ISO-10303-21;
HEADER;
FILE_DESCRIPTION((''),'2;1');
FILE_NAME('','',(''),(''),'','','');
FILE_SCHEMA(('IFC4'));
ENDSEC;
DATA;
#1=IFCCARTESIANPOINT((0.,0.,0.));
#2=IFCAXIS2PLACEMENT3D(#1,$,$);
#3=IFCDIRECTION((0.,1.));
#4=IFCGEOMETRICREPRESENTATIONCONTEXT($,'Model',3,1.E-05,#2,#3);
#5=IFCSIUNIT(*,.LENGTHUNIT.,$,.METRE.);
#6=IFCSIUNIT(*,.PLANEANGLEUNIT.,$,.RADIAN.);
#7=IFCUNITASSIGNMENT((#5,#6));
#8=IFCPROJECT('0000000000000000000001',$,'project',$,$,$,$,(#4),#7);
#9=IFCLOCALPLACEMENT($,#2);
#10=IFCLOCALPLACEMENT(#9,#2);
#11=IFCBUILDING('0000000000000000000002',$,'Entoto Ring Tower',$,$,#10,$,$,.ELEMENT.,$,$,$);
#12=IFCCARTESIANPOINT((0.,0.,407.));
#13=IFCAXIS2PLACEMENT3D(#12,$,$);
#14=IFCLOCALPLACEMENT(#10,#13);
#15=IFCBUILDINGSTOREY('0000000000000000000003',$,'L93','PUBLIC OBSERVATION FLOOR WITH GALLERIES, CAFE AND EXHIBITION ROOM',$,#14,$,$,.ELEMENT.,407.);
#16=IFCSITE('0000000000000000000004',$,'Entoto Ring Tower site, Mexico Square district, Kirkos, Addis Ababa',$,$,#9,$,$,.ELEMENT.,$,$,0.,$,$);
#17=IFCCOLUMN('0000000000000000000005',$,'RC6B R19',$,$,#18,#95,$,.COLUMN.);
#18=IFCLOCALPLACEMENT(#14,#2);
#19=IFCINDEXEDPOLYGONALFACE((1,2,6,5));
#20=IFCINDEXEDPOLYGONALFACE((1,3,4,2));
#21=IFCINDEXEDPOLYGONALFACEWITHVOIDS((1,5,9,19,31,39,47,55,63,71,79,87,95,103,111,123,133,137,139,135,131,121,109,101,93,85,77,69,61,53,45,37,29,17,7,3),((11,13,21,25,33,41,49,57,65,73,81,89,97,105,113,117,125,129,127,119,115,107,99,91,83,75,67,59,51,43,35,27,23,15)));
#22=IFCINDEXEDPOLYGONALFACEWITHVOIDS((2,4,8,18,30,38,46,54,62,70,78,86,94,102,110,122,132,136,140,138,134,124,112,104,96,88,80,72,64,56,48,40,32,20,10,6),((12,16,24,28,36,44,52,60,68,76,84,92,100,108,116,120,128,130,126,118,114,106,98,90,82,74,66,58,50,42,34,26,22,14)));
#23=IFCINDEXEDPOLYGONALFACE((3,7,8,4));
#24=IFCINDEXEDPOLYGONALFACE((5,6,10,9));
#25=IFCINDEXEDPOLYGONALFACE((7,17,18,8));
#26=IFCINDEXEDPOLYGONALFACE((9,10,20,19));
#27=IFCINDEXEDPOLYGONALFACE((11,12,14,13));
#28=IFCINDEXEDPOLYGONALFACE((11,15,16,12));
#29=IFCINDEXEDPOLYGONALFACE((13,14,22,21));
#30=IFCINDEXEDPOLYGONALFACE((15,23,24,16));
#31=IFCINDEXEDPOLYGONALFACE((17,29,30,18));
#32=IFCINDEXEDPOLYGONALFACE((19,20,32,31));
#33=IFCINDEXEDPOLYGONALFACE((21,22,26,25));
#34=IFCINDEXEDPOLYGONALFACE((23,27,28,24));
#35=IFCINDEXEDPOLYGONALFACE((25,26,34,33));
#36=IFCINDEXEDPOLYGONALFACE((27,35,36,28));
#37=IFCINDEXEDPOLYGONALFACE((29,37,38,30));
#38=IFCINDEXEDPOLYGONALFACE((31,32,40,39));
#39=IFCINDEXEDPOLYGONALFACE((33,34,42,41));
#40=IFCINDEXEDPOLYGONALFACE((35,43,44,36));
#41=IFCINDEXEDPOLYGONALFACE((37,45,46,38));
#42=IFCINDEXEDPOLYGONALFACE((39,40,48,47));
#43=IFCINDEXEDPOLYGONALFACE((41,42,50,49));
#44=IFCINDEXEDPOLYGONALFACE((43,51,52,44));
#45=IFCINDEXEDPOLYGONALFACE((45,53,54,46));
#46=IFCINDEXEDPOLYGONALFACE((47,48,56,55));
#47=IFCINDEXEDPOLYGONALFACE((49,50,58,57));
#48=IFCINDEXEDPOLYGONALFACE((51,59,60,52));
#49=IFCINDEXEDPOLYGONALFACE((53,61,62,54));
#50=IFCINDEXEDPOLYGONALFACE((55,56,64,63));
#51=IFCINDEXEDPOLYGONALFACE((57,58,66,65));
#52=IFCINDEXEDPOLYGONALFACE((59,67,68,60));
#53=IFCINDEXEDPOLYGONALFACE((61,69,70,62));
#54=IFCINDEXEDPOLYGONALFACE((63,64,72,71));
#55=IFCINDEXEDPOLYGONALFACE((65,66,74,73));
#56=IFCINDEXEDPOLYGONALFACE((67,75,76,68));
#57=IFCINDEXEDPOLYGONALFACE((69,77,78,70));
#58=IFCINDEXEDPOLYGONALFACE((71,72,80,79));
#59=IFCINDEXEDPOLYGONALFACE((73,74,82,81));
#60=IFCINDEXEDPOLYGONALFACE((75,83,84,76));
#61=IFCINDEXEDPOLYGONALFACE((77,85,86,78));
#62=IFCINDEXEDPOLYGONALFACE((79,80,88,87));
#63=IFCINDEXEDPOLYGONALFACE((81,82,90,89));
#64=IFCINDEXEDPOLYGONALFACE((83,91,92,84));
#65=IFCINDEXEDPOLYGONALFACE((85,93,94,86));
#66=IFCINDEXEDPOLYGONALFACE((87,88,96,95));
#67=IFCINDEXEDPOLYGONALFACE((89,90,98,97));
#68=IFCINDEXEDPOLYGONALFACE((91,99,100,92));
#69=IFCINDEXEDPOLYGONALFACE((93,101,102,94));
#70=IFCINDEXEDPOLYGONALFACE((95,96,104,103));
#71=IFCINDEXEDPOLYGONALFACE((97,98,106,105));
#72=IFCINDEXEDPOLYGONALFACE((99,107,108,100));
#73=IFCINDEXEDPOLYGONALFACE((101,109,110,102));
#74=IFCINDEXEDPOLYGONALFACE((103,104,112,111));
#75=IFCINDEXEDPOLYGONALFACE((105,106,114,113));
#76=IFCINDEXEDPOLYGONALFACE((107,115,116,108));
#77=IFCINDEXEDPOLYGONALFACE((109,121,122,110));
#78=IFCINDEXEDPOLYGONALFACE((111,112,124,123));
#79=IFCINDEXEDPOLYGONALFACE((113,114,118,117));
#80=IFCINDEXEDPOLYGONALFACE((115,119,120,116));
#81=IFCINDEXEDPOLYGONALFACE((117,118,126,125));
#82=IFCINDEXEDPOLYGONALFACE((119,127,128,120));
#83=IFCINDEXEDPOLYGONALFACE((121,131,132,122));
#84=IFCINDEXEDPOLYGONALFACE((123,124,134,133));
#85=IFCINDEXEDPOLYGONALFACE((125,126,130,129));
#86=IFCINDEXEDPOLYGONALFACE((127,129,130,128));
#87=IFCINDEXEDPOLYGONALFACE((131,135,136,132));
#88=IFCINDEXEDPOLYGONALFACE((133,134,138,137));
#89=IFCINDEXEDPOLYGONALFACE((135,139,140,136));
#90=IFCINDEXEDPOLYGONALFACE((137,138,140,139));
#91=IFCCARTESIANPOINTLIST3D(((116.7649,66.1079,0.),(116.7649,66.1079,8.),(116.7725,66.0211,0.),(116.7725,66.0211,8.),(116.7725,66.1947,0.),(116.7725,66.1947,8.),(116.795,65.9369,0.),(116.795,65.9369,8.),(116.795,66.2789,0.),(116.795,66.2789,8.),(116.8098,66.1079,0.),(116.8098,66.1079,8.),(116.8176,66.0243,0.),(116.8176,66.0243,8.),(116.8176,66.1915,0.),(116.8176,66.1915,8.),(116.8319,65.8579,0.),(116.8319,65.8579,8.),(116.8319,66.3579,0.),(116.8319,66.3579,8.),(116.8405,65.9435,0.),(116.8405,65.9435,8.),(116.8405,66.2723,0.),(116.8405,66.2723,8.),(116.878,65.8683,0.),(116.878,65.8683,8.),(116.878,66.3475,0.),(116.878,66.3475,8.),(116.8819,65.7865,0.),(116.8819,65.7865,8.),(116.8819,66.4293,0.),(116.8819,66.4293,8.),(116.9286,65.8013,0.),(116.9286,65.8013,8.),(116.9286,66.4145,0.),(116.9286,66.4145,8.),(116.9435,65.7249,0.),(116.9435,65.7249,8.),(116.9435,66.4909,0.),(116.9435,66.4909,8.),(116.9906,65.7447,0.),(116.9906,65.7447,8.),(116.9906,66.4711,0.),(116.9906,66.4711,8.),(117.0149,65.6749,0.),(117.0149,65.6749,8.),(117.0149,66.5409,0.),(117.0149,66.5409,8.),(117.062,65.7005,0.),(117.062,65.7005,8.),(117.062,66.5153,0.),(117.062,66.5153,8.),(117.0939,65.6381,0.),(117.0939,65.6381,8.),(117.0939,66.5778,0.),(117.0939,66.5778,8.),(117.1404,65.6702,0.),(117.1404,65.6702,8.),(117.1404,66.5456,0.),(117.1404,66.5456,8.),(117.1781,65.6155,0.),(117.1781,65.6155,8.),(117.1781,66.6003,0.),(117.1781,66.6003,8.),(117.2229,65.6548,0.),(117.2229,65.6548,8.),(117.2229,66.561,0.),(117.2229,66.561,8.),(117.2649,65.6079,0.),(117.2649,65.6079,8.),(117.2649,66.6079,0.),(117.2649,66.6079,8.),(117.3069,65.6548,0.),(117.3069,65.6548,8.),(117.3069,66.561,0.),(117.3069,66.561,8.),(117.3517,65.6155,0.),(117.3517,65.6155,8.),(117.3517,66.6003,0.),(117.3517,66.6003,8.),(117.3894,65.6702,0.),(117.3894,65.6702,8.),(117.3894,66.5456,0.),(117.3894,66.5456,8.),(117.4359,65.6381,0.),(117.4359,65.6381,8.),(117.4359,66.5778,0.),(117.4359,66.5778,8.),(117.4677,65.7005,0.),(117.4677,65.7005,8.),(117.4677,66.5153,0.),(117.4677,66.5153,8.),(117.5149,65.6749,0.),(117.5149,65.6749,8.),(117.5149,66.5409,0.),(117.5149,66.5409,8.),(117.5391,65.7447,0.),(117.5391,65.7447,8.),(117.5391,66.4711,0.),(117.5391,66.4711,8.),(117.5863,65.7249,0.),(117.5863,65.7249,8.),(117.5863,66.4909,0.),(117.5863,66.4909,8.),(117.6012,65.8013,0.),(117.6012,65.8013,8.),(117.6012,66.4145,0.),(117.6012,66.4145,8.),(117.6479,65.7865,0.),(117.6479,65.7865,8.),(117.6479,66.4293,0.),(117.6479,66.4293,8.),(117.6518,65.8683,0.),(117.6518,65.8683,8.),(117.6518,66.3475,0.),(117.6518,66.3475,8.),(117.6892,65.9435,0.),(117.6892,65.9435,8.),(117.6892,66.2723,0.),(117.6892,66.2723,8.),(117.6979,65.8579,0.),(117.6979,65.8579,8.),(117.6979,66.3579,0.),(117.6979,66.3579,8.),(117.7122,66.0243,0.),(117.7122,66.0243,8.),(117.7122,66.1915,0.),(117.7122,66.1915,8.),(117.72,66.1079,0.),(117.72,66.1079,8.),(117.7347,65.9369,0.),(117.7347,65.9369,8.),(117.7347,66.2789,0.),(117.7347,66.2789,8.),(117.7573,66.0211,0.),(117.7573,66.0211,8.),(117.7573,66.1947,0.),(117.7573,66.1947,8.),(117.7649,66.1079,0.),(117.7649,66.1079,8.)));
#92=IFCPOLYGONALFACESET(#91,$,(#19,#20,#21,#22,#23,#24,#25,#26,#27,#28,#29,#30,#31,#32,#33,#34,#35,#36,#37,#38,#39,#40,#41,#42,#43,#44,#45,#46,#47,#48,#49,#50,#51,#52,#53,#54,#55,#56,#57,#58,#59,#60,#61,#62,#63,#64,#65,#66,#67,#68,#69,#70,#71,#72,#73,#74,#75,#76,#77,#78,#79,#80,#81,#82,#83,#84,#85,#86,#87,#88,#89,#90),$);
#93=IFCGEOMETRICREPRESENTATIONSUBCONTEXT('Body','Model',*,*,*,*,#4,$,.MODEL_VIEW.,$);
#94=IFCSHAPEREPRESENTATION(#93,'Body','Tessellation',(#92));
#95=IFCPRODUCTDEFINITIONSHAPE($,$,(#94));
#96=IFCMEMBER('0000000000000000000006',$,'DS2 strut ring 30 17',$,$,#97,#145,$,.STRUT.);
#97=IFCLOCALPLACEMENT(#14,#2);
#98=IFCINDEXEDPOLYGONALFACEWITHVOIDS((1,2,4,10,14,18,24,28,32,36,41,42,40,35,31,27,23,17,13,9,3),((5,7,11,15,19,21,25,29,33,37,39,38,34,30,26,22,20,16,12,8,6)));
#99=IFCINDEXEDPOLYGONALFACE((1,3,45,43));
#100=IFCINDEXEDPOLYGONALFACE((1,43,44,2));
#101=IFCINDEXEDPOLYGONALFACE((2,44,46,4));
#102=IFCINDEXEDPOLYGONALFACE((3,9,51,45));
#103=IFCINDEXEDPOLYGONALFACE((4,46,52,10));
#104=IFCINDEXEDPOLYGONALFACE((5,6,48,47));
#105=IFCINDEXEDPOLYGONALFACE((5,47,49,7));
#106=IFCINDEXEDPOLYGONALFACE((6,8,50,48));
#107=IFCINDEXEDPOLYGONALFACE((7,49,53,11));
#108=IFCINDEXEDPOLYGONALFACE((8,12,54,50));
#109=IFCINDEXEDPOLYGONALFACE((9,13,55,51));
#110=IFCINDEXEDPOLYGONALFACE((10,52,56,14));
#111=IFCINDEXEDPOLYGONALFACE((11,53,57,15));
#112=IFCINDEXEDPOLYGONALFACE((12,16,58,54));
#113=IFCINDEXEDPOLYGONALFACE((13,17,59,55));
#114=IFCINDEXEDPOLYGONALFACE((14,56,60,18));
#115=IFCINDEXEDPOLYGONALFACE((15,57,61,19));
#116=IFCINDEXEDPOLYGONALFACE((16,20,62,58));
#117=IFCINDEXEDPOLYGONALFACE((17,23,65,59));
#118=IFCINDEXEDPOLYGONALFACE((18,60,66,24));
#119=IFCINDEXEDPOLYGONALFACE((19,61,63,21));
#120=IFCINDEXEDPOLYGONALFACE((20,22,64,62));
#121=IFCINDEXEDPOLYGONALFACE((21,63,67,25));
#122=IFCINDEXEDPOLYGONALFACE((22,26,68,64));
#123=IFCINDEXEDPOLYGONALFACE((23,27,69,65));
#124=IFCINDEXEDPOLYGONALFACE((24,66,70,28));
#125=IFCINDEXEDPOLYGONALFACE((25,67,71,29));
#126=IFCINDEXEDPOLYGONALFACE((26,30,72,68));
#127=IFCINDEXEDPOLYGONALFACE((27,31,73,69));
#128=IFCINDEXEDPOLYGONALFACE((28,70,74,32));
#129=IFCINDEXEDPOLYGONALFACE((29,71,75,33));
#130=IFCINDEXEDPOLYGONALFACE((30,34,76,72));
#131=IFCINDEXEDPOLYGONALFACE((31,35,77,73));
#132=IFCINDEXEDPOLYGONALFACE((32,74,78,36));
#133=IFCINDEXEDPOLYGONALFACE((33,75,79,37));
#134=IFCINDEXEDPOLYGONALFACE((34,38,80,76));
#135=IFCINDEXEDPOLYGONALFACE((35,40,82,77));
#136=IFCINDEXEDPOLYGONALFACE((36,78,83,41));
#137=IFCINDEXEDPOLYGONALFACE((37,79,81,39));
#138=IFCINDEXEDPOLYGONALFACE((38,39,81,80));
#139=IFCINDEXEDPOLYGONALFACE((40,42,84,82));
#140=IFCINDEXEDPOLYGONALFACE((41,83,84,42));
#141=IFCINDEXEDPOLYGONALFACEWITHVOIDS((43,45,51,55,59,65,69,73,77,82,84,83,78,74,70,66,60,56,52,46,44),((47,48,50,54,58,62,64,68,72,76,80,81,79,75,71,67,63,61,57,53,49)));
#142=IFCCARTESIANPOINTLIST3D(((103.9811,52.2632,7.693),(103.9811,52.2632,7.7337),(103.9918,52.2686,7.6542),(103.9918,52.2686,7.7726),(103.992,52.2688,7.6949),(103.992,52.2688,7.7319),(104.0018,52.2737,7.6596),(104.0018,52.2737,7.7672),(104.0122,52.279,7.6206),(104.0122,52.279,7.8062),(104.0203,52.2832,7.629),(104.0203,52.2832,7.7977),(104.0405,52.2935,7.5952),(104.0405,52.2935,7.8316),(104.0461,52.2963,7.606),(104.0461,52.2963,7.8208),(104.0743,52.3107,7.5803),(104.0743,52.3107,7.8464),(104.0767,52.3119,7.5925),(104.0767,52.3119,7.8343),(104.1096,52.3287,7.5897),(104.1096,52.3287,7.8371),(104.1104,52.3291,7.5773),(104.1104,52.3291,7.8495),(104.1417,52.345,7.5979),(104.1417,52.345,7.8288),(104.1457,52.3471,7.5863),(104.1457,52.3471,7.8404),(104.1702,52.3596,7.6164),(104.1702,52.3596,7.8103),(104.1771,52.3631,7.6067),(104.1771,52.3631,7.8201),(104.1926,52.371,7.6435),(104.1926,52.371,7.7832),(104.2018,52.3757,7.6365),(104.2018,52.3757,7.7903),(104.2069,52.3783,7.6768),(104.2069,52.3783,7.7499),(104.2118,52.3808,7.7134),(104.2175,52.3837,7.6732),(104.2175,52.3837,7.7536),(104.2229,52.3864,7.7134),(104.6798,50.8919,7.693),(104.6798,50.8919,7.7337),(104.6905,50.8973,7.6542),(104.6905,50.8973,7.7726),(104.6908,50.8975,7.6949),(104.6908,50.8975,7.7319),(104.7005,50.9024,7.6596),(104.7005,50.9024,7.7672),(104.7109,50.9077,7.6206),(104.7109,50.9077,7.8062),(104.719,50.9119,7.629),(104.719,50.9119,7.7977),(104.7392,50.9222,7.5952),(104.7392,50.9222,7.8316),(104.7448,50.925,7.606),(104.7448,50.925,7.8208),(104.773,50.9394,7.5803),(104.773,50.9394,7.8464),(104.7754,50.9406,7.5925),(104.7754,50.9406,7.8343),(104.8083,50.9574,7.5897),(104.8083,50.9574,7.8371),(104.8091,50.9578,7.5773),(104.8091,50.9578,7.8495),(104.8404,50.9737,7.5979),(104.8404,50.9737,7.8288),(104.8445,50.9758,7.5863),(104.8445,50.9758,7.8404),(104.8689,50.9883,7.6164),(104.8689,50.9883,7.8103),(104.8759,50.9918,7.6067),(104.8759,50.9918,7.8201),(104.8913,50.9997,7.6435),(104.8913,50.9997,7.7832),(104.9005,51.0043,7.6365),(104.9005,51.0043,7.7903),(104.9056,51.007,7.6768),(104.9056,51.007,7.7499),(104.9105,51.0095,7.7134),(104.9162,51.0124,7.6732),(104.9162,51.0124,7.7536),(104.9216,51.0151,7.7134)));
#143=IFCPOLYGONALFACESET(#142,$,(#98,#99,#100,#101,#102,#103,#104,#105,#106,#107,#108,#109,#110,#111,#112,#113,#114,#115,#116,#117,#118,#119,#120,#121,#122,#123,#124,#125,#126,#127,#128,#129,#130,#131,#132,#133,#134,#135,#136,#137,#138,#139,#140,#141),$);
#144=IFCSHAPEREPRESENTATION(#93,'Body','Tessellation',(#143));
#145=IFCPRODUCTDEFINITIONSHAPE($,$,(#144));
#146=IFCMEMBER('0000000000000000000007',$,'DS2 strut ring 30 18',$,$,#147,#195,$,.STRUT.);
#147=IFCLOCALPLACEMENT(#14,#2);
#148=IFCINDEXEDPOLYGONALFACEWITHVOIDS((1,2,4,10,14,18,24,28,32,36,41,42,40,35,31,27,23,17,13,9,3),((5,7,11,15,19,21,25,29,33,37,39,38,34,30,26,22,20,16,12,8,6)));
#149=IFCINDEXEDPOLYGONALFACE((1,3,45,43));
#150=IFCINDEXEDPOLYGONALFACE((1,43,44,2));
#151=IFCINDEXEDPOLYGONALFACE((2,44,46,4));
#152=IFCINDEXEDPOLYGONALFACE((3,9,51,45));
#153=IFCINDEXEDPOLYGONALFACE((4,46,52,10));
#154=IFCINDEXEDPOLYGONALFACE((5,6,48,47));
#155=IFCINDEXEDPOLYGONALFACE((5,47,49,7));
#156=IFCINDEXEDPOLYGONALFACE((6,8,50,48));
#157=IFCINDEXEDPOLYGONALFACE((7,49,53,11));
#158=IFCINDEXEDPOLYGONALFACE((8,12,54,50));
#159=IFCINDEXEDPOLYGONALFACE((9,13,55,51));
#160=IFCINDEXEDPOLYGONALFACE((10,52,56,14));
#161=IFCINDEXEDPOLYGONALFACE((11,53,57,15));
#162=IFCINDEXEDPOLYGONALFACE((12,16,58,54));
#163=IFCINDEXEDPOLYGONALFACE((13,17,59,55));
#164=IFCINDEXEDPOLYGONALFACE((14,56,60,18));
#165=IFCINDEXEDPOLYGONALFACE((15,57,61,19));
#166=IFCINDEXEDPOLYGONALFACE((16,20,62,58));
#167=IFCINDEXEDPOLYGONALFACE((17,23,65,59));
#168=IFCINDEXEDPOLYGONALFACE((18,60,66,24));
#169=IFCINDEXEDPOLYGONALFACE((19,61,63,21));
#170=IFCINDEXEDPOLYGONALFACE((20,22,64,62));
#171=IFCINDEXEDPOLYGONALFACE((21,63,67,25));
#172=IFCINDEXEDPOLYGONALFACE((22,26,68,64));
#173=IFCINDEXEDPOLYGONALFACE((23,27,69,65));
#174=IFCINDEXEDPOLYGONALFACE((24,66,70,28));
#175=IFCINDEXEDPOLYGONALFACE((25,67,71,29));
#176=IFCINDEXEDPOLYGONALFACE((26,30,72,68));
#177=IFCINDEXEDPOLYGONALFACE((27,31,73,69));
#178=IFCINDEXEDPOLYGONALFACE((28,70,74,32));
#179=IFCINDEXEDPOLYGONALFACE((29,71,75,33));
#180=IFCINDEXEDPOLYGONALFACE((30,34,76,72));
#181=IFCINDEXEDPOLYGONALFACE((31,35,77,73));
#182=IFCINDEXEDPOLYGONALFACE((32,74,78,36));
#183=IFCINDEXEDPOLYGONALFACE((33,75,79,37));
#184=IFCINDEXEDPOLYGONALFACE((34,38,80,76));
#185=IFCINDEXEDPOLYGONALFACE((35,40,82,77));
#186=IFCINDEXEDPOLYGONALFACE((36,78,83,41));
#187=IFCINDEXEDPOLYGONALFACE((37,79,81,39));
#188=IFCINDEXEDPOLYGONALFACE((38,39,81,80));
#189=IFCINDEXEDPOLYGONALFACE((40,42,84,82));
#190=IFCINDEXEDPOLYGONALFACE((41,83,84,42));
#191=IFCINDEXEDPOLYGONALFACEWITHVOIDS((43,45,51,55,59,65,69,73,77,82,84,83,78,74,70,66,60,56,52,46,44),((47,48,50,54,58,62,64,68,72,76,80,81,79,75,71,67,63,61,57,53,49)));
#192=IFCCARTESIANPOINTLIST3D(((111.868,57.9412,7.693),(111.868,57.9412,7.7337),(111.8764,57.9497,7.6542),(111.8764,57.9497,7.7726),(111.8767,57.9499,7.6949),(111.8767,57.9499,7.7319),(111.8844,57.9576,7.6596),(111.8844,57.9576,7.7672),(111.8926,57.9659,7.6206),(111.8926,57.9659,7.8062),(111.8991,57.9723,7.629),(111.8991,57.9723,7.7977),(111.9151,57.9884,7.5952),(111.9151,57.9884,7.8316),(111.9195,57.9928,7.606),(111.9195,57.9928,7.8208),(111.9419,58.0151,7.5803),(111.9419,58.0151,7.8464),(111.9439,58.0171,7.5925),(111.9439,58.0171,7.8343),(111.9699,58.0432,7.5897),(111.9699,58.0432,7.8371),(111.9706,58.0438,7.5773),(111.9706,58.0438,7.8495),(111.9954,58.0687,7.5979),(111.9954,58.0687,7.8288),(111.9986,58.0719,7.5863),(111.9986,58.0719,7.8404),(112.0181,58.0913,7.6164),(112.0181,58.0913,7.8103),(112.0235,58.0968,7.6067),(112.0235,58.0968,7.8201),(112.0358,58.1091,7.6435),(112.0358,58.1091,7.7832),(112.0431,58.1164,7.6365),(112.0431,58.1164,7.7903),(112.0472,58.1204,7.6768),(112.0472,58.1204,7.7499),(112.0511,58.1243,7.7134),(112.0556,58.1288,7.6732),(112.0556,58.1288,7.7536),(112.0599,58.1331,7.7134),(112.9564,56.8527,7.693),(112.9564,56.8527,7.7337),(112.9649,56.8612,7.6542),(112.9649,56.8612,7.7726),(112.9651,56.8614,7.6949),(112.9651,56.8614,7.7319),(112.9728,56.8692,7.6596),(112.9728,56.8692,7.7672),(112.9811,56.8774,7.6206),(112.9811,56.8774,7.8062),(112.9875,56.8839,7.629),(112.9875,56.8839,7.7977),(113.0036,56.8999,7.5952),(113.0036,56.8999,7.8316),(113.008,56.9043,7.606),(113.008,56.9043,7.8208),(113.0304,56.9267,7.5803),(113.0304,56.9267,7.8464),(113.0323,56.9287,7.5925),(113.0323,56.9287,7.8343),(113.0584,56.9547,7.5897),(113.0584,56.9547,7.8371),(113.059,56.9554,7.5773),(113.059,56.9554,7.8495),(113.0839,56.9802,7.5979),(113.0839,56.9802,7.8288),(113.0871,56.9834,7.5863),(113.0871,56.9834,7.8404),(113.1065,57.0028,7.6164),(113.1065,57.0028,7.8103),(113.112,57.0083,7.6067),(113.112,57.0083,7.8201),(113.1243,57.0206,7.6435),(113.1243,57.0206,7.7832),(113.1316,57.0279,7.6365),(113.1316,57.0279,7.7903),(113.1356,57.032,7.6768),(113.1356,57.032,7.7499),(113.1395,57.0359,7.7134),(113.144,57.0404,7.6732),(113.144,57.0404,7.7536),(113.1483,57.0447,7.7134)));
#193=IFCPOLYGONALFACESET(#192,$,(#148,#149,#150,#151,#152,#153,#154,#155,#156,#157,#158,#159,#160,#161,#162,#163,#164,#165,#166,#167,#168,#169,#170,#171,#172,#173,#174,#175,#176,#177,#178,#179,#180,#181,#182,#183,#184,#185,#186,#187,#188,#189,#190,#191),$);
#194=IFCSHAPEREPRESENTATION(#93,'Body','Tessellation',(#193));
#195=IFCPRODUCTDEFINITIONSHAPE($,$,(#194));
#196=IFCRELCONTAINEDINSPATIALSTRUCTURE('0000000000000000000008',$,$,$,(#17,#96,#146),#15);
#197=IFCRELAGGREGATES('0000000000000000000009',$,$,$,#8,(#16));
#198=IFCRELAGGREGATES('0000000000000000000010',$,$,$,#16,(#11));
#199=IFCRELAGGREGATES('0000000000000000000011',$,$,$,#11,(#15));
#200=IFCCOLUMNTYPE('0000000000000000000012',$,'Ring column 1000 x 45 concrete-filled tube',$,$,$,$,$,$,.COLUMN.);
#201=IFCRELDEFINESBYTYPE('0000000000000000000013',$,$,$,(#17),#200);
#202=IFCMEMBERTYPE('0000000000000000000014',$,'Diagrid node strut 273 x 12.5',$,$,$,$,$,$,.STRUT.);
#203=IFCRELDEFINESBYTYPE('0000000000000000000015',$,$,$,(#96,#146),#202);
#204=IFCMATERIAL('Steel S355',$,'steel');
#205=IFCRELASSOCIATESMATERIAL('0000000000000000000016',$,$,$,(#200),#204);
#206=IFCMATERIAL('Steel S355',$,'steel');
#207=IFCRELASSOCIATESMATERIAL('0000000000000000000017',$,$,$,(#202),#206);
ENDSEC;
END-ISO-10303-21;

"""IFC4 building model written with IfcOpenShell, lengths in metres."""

from ifc_helpers import new_model, si_unit, direction, frame, origin, origin_2d, place, context, subcontext, project, spatial, circle, hollow_circle, extrude, material, material_profile, profile_set, type_object, element, save


model = new_model("IFC4")

# Units and contexts
model_context = context("Model", 3, precision=1e-05, world=origin(), true_north=direction((0.0, 1.0)))
body_context = subcontext(model_context, "Body", "Model", "MODEL_VIEW")
ifc_project = project(units=[si_unit("LENGTHUNIT", "METRE"), si_unit("PLANEANGLEUNIT", "RADIAN")], contexts=[model_context])

# Site, building, storey
site_placement = place(None, origin())
site = spatial("IfcSite", under=ifc_project, at=site_placement, Name="Entoto Ring Tower site, Mexico Square district, Kirkos, Addis Ababa", CompositionType="ELEMENT", RefElevation=0.0)
building_placement = place(site_placement, origin())
building = spatial("IfcBuilding", under=site, at=building_placement, Name="Entoto Ring Tower", CompositionType="ELEMENT")
storey_placement = place(building_placement, frame((0.0, 0.0, 407.0)))
storey = spatial("IfcBuildingStorey", under=building, at=storey_placement, Name="L93", Description="PUBLIC OBSERVATION FLOOR WITH GALLERIES, CAFE AND EXHIBITION ROOM", CompositionType="ELEMENT", Elevation=407.0)

# Column
ifc_material_1 = material(Name="Steel S355", Category="steel")
ifc_material_profile_1 = material_profile(ifc_material_1, hollow_circle(Radius=0.5, WallThickness=0.0449, at=origin_2d()), Name="CHS 1000 x 45")
ifc_material_2 = material(Name="Concrete C60/75", Category="concrete")
ifc_material_profile_2 = material_profile(ifc_material_2, circle(Radius=0.4551, at=origin_2d()), Name="Concrete C60/75 infill")
ifc_profile_set_1 = profile_set([ifc_material_profile_1, ifc_material_profile_2], Name="Steel S355")
column_type = type_object("IfcColumnType", Name="Ring column 1000 x 45 concrete-filled tube", PredefinedType="COLUMN", material=ifc_profile_set_1)
for number, where, z_axis, x_axis, name in (
    (1, (117.2649, 66.1079, 0.0), (0.0, 0.0, 1.0), (1.0, 0.0, 0.0), "RC6B R19"),
):
    element("IfcColumn", number, at=place(storey_placement, frame(where, z_axis=z_axis, x_axis=x_axis)), inside=storey, type_object=column_type, Name=name, PredefinedType="COLUMN", context=body_context, shape_type="SweptSolid", body=[
        extrude(hollow_circle(Radius=0.5, WallThickness=0.0449, at=origin_2d()), origin(), (0.0, 0.0, 1.0), 8.0),
    ])

# Members
ifc_material_3 = material(Name="Steel S355", Category="steel")
ifc_material_profile_3 = material_profile(ifc_material_3, hollow_circle(Radius=0.1365, WallThickness=0.0125, at=origin_2d()), Name="CHS 273 x 12.5")
ifc_material_4 = material(Name="Concrete C60/75", Category="concrete")
ifc_material_profile_4 = material_profile(ifc_material_4, circle(Radius=0.124, at=origin_2d()), Name="Concrete C60/75 infill")
ifc_profile_set_2 = profile_set([ifc_material_profile_3, ifc_material_profile_4], Name="Steel S355")
member_type = type_object("IfcMemberType", Name="Diagrid node strut 273 x 12.5", PredefinedType="STRUT", material=ifc_profile_set_2)
member_1_placement = place(storey_placement, frame((104.1013, 52.3245, 7.7134), z_axis=(0.45399, -0.891007, 0.0), x_axis=(0.891007, 0.45399, 0.0)))
element("IfcMember", 2, at=member_1_placement, inside=storey, type_object=member_type, Name="DS2 strut ring 30 17", PredefinedType="STRUT", context=body_context, shape_type="SweptSolid", body=[
    extrude(hollow_circle(Radius=0.1365, WallThickness=0.0125, at=origin_2d()), origin(), (0.0, 0.0, 1.0), 1.5391),
])
member_2_placement = place(storey_placement, frame((111.9634, 58.0366, 7.7134), z_axis=(0.707107, -0.707107, 0.0), x_axis=(0.707107, 0.707107, 0.0)))
element("IfcMember", 3, at=member_2_placement, inside=storey, type_object=member_type, Name="DS2 strut ring 30 18", PredefinedType="STRUT", context=body_context, shape_type="SweptSolid", body=[
    extrude(hollow_circle(Radius=0.1365, WallThickness=0.0125, at=origin_2d()), origin(), (0.0, 0.0, 1.0), 1.5393),
])

save(model, "model.ifc")
